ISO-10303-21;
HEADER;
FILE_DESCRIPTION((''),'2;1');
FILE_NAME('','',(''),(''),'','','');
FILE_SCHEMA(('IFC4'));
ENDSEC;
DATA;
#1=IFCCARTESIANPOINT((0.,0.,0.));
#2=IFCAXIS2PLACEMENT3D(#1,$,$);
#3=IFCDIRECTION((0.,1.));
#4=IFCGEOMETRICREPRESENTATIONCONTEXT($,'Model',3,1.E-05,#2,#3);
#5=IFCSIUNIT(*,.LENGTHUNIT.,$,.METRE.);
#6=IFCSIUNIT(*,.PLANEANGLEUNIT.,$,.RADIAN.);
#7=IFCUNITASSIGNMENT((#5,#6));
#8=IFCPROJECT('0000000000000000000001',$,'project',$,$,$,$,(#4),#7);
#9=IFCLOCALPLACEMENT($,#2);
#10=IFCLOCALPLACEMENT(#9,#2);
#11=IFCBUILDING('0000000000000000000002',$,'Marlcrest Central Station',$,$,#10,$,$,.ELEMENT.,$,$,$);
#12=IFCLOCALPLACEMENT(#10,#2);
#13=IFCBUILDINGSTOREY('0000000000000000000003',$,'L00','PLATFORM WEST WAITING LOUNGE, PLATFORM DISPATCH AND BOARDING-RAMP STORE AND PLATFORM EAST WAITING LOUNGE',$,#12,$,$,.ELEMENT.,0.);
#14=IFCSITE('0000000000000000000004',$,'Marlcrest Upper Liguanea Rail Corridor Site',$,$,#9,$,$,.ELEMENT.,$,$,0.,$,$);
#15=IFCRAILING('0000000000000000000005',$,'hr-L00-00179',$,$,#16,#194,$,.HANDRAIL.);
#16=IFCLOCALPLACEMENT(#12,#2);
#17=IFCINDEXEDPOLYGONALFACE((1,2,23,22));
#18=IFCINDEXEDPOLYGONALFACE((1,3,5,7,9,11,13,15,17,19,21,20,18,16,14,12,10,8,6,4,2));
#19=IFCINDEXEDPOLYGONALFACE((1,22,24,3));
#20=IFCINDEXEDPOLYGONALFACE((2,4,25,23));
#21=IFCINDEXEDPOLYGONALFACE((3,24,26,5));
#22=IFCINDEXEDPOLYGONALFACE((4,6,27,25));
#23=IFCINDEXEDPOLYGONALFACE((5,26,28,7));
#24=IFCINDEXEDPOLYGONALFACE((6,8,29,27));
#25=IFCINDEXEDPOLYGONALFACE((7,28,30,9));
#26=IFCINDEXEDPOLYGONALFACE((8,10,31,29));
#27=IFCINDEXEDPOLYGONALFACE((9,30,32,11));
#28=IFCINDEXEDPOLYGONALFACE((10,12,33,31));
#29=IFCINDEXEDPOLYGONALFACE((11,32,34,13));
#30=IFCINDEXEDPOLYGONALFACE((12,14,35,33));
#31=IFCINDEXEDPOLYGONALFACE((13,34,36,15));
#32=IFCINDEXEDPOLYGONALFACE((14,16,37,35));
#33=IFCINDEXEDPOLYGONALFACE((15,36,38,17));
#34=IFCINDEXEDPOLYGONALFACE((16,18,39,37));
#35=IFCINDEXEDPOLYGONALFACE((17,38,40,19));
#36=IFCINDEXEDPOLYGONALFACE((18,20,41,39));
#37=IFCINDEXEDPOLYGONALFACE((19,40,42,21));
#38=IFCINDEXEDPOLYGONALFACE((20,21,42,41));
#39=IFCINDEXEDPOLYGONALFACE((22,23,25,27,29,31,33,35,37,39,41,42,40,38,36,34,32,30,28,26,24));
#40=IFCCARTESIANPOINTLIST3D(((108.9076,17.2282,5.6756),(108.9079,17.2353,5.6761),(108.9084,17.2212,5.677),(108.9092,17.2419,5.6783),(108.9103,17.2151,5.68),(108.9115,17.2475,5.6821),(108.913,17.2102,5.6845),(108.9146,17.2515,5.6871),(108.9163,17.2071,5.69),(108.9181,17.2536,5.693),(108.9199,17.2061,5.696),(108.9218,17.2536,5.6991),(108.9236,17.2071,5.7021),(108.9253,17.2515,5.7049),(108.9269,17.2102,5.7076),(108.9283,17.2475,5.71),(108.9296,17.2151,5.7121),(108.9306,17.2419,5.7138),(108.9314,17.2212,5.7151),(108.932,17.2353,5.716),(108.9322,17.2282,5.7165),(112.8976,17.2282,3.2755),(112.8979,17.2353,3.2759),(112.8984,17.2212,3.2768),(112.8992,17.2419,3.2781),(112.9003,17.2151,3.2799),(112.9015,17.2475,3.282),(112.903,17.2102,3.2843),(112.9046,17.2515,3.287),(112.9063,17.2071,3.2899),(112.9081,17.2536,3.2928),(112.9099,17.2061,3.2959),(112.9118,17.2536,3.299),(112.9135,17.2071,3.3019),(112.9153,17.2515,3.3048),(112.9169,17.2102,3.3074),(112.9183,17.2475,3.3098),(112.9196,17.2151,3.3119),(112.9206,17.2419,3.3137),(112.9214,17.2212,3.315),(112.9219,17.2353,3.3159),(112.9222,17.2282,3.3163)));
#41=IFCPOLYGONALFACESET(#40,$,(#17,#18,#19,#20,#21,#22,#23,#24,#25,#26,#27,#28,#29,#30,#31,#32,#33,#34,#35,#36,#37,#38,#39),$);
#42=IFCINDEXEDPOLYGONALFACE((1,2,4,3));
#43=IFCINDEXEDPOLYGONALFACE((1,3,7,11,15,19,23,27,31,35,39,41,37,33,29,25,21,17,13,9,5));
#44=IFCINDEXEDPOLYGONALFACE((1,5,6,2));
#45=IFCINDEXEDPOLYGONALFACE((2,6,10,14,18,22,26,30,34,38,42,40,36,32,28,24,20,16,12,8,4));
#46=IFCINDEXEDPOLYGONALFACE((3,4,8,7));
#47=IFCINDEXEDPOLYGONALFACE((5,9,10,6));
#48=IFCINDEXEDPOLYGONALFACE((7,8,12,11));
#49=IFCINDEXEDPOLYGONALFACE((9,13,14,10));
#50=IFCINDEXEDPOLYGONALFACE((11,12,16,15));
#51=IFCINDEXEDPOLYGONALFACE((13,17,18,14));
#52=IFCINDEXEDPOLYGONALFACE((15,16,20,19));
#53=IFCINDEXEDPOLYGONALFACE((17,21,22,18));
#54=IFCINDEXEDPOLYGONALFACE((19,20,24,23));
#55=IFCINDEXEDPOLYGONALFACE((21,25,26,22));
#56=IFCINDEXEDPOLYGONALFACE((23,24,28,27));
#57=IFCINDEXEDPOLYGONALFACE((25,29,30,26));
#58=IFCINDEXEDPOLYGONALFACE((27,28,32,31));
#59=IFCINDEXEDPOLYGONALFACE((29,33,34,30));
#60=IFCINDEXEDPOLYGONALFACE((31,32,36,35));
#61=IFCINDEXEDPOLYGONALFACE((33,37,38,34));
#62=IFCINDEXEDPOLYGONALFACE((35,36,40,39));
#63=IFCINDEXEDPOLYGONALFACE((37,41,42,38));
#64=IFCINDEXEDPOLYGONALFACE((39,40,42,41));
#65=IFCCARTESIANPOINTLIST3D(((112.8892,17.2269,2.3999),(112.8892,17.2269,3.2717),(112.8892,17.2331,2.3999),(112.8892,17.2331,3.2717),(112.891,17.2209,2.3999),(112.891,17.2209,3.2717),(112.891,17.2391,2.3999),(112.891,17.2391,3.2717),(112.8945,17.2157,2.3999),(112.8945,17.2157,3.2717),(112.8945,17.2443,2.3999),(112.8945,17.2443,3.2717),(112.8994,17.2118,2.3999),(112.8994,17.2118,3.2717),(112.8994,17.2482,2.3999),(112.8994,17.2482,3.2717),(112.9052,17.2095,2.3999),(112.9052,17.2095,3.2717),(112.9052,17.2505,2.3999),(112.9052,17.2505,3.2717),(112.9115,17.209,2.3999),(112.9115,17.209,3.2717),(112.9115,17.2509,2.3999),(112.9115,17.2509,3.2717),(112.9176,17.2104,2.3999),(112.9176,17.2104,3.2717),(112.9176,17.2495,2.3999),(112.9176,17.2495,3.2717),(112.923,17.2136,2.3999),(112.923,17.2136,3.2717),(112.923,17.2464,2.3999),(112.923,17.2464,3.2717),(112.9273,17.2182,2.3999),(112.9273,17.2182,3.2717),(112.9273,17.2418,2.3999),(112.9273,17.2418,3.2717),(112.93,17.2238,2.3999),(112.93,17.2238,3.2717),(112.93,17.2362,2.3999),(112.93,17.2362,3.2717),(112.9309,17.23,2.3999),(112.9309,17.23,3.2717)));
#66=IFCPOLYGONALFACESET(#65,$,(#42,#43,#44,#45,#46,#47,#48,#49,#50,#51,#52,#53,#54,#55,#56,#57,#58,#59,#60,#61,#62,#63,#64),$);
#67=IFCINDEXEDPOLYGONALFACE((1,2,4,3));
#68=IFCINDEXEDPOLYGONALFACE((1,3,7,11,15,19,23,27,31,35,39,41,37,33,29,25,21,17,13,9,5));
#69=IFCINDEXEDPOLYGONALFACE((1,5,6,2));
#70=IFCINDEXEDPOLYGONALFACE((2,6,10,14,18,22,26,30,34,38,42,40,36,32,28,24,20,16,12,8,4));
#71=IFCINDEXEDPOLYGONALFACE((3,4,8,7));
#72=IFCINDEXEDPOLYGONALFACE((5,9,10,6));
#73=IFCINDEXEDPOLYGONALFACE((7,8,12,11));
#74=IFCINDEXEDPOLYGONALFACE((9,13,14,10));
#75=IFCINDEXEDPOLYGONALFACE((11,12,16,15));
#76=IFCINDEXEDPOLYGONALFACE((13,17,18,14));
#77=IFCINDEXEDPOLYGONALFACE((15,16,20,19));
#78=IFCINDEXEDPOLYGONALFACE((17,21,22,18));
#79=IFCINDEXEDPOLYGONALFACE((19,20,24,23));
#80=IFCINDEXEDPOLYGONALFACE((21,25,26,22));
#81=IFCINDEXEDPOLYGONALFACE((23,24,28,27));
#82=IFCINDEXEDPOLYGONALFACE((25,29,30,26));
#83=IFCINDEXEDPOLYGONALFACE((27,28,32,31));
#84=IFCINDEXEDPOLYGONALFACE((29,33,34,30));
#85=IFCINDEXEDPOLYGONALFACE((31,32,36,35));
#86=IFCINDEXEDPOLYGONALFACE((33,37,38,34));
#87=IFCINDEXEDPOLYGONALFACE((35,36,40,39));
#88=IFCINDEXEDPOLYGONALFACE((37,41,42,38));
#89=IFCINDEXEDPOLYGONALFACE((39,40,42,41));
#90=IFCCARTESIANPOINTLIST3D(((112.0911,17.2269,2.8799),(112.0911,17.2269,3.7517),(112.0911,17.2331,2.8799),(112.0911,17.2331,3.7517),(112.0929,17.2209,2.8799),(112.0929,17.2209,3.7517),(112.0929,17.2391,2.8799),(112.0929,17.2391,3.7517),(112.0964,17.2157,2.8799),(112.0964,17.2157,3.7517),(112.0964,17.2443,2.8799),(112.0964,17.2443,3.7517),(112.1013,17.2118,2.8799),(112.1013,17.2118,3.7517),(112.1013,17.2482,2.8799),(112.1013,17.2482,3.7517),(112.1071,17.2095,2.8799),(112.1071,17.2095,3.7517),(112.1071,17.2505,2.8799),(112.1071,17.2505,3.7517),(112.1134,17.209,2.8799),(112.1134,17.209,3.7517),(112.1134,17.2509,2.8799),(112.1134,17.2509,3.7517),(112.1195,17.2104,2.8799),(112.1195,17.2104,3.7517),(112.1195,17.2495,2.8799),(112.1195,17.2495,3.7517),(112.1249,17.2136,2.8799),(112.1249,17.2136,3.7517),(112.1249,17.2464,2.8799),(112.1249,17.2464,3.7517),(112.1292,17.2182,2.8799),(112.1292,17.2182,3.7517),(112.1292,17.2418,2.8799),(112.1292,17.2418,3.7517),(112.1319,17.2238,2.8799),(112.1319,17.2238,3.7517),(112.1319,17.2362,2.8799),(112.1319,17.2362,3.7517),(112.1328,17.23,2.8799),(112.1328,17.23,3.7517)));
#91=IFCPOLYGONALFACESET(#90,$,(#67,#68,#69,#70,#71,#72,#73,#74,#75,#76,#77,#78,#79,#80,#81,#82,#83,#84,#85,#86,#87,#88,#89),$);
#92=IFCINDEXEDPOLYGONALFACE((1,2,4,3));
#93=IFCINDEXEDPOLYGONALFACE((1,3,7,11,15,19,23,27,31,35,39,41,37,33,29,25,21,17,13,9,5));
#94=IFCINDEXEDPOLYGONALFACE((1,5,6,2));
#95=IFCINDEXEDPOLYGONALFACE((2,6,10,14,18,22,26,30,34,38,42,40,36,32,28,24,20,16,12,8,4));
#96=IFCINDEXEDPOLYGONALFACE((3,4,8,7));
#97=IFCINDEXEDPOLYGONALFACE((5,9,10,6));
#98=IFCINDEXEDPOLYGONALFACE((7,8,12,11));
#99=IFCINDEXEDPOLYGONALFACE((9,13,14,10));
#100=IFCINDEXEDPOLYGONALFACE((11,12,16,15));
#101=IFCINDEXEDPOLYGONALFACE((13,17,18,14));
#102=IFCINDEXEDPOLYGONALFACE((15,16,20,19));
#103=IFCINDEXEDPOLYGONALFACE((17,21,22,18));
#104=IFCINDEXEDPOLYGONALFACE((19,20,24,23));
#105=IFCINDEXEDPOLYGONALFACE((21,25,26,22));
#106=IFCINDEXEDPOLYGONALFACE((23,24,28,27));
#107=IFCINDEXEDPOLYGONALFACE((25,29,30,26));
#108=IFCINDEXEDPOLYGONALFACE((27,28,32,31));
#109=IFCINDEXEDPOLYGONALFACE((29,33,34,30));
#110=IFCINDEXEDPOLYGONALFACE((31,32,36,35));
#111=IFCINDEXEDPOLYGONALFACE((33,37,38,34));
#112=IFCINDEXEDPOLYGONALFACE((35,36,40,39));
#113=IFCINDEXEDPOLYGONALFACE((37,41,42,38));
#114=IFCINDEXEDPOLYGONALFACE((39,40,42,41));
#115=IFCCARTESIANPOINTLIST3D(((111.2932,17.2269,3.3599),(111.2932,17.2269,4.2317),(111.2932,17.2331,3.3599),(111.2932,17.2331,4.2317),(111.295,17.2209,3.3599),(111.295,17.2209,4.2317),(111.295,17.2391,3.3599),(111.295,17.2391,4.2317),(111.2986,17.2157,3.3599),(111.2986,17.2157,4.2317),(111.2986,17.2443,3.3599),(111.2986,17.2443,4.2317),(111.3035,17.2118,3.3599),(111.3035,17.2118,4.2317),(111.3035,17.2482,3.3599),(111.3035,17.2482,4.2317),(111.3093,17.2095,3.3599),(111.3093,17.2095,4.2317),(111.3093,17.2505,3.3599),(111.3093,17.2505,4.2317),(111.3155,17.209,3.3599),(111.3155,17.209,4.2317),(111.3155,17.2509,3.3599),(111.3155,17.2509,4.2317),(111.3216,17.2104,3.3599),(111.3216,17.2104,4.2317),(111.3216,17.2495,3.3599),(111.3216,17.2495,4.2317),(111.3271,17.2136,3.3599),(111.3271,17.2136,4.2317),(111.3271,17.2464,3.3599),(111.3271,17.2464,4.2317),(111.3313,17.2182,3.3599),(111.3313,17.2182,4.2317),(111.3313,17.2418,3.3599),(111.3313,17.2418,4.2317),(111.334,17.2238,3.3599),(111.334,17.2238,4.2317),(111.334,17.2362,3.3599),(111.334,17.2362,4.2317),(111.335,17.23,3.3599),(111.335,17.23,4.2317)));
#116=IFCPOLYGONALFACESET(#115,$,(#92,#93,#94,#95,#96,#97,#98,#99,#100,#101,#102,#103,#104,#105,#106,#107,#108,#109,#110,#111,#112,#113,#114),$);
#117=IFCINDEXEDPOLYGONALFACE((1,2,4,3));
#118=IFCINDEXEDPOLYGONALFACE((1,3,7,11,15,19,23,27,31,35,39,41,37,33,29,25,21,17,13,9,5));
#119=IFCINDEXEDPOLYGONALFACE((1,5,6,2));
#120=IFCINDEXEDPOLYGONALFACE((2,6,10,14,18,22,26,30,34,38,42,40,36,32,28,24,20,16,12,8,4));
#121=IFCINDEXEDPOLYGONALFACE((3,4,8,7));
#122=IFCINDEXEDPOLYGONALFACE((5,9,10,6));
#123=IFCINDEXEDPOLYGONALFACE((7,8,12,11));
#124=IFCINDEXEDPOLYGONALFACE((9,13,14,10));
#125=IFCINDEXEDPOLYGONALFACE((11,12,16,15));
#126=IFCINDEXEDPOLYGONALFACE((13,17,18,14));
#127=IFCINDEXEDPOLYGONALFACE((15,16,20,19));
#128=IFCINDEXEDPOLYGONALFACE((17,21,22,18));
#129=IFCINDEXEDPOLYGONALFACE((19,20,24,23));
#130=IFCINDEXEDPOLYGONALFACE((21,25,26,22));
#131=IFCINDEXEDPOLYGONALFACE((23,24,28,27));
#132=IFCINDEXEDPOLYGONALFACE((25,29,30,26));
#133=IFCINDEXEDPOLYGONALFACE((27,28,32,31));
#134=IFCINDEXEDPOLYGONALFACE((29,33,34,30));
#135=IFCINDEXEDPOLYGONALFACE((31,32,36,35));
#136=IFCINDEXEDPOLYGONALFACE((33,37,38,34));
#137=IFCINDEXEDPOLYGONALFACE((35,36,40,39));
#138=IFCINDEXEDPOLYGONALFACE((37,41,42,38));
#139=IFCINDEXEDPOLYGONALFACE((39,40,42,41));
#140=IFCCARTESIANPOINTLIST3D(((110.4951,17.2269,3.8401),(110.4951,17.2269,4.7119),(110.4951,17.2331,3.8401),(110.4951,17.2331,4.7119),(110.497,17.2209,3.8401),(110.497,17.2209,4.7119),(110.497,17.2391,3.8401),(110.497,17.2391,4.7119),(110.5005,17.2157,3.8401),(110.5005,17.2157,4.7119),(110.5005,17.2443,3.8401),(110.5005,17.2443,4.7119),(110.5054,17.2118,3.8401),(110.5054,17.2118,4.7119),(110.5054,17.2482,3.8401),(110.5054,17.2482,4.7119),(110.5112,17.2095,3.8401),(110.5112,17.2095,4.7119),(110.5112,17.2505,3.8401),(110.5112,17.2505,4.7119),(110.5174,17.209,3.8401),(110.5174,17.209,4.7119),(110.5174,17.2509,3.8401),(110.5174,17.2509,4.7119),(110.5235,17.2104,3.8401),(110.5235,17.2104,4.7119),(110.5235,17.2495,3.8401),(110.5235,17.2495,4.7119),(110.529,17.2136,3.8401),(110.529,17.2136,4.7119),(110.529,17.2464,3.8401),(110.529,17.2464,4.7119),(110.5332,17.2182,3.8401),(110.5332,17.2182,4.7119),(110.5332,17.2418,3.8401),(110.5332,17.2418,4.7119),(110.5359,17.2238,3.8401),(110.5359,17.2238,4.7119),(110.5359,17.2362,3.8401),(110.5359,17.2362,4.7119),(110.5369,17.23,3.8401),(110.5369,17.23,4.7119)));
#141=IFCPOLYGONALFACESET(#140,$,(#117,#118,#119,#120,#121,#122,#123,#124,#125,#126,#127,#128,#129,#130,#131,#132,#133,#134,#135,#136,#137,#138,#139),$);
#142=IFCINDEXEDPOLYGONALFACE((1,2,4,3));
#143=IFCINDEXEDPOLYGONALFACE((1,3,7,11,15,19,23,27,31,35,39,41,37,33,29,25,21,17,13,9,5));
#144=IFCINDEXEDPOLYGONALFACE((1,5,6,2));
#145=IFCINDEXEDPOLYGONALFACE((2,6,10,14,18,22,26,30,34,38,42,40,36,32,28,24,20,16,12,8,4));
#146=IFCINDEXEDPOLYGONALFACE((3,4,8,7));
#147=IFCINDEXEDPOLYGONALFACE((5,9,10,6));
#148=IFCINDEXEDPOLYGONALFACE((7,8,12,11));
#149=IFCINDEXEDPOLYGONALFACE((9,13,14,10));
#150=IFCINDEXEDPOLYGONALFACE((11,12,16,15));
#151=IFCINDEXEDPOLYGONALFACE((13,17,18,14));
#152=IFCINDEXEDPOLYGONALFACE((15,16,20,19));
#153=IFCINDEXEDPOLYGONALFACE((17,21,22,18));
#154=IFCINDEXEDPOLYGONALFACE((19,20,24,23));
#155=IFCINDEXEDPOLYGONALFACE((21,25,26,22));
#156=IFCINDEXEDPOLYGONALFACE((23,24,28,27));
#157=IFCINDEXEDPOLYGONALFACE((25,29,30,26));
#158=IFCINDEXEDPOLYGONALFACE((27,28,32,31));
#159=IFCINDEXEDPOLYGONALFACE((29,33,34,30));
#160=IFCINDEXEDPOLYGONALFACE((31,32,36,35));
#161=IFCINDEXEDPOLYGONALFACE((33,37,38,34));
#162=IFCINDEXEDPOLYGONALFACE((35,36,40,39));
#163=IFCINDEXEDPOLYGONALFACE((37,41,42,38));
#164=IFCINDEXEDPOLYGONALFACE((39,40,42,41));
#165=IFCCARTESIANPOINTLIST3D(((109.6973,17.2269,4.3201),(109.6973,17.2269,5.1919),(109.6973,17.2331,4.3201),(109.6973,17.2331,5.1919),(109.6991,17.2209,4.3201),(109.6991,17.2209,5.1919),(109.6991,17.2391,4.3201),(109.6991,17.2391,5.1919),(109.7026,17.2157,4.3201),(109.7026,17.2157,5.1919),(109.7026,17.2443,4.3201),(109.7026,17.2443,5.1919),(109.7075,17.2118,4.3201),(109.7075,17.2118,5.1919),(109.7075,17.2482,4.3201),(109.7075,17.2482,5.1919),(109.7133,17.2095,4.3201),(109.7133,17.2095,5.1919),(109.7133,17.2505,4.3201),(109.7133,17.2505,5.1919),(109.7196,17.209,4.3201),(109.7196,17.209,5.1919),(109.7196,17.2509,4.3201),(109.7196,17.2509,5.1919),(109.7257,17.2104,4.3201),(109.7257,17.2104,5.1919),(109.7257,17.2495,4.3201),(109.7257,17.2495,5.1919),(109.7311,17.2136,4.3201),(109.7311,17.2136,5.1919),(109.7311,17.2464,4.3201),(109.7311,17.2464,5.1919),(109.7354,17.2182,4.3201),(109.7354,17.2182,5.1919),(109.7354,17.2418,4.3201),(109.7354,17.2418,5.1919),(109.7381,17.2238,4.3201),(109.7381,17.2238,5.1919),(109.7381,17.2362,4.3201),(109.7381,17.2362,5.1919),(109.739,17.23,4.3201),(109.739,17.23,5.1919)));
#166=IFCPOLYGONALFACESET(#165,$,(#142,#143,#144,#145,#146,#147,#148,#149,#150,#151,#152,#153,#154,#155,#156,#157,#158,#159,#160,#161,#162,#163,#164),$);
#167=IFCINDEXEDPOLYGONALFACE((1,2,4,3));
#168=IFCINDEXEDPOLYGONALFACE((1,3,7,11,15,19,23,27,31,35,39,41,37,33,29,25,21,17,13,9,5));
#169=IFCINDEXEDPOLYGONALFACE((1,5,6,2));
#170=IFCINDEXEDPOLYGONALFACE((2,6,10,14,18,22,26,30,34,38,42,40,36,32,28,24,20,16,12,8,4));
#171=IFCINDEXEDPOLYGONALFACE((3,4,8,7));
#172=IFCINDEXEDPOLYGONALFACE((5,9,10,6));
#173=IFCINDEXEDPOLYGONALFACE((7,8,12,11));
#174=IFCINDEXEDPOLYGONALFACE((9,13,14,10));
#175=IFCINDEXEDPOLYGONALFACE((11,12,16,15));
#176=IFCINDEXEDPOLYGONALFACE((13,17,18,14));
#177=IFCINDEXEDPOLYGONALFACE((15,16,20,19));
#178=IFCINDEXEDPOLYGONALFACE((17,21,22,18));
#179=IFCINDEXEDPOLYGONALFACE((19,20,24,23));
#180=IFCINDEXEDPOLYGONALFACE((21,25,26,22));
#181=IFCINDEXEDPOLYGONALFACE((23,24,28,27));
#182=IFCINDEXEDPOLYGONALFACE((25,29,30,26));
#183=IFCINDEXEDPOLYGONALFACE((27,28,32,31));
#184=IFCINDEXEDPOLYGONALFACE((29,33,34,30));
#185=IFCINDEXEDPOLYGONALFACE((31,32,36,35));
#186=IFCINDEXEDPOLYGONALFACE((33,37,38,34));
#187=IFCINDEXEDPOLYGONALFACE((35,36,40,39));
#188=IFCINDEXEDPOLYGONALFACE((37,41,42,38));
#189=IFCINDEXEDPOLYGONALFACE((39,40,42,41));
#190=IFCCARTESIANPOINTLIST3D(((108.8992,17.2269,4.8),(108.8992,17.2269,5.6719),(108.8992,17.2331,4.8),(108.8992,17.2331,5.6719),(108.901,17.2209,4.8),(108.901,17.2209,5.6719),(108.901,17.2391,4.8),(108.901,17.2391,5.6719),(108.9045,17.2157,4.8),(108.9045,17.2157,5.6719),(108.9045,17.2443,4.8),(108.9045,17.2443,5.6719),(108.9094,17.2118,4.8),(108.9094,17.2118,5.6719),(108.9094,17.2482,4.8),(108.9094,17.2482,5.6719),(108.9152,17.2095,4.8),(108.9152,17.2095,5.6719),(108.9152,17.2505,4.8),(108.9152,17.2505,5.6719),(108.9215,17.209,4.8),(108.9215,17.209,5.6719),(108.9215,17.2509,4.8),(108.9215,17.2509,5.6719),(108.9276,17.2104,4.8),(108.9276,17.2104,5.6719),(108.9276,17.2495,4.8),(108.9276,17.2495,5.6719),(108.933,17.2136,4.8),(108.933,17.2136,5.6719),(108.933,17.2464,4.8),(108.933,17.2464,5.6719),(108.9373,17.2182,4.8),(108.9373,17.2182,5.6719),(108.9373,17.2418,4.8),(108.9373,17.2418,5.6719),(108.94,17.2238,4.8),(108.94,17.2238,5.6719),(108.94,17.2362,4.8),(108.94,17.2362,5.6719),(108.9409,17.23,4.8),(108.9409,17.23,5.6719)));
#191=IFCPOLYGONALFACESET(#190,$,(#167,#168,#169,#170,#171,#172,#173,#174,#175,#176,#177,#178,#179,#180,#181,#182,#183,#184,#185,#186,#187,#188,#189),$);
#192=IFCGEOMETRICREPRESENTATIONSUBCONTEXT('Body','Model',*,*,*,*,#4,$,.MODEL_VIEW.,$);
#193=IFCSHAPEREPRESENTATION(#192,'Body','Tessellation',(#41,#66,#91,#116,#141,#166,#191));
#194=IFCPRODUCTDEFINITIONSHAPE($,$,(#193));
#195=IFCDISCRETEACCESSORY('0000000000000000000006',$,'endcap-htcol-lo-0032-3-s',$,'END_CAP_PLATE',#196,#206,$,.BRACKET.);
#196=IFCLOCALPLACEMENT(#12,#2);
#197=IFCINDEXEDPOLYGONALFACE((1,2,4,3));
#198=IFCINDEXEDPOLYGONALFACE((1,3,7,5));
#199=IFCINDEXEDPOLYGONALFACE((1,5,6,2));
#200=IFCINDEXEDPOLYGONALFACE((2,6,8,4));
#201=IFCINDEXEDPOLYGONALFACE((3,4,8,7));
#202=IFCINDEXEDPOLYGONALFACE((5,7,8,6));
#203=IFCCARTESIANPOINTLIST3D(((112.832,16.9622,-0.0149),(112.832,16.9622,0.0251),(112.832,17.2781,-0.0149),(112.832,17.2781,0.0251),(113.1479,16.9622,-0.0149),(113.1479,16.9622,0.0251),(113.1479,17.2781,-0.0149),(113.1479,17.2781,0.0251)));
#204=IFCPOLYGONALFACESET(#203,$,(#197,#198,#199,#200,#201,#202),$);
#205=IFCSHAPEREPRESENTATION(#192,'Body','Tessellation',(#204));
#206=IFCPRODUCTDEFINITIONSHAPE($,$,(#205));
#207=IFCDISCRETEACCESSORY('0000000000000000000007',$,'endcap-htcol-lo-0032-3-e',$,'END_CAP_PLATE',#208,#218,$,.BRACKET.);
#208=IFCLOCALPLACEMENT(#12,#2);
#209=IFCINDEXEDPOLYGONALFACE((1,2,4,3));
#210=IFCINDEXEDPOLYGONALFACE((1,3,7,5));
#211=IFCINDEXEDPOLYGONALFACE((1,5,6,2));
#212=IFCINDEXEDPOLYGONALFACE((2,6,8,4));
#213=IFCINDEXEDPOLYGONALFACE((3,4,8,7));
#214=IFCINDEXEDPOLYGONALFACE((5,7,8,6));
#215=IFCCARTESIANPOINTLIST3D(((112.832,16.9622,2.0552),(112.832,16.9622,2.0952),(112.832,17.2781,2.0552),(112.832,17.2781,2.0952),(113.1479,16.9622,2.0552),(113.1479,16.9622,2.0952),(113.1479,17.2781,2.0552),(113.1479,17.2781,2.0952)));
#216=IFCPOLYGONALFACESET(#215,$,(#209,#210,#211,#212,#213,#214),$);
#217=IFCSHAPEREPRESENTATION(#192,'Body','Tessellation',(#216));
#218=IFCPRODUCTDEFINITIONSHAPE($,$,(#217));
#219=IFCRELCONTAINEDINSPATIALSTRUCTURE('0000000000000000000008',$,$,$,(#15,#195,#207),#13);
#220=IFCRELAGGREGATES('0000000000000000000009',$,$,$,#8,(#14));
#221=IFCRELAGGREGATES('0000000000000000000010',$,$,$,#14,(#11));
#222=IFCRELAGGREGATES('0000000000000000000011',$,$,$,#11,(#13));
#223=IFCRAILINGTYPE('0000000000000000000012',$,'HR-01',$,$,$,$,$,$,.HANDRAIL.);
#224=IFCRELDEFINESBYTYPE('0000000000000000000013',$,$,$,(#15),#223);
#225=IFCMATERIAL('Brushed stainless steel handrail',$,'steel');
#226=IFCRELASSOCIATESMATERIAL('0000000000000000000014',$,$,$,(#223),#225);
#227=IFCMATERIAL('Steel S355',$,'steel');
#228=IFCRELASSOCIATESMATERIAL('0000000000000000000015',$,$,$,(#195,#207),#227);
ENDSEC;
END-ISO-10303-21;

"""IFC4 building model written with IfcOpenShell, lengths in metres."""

from ifc_helpers import new_model, si_unit, direction, frame, origin, origin_2d, place, context, subcontext, project, spatial, rectangle, circle, extrude, material, type_object, element, save


model = new_model("IFC4")

# Units and contexts
model_context = context("Model", 3, precision=1e-05, world=origin(), true_north=direction((0.0, 1.0)))
body_context = subcontext(model_context, "Body", "Model", "MODEL_VIEW")
ifc_project = project(units=[si_unit("LENGTHUNIT", "METRE"), si_unit("PLANEANGLEUNIT", "RADIAN")], contexts=[model_context])

# Site, building, storey
site_placement = place(None, origin())
site = spatial("IfcSite", under=ifc_project, at=site_placement, Name="Marlcrest Upper Liguanea Rail Corridor Site", CompositionType="ELEMENT", RefElevation=0.0)
building_placement = place(site_placement, origin())
building = spatial("IfcBuilding", under=site, at=building_placement, Name="Marlcrest Central Station", CompositionType="ELEMENT")
storey_placement = place(building_placement, origin())
storey = spatial("IfcBuildingStorey", under=building, at=storey_placement, Name="L00", Description="PLATFORM WEST WAITING LOUNGE, PLATFORM DISPATCH AND BOARDING-RAMP STORE AND PLATFORM EAST WAITING LOUNGE", CompositionType="ELEMENT", Elevation=0.0)

# Shared definitions
ifc_material_1 = material(Name="Steel S355", Category="steel")

# Railing
ifc_material_2 = material(Name="Brushed stainless steel handrail", Category="steel")
railing_type = type_object("IfcRailingType", Name="HR-01", PredefinedType="HANDRAIL", material=ifc_material_2)
for number, where, name in (
    (1, (112.9099, 17.23, 2.3999), "hr-L00-00179"),
):
    element("IfcRailing", number, at=place(storey_placement, frame(where)), inside=storey, type_object=railing_type, Name=name, PredefinedType="HANDRAIL", context=body_context, shape_type="SweptSolid", body=[
        extrude(circle(Radius=0.0239, at=origin_2d()), frame((0.0, 0.0, 0.896), z_axis=(-0.856909, 0.0, 0.515467), x_axis=(0.0, -1.0, 0.0)), (0.0, 0.0, 1.0), 4.6562),
        extrude(circle(Radius=0.021, at=origin_2d()), origin(), (0.0, 0.0, 1.0), 0.8718),
        extrude(circle(Radius=0.021, at=origin_2d()), frame((-0.7981, 0.0, 0.48)), (0.0, 0.0, 1.0), 0.8718),
        extrude(circle(Radius=0.021, at=origin_2d()), frame((-1.5959, 0.0, 0.96)), (0.0, 0.0, 1.0), 0.8718),
        extrude(circle(Radius=0.021, at=origin_2d()), frame((-2.394, 0.0, 1.4402)), (0.0, 0.0, 1.0), 0.8718),
        extrude(circle(Radius=0.021, at=origin_2d()), frame((-3.1919, 0.0, 1.9202)), (0.0, 0.0, 1.0), 0.8718),
        extrude(circle(Radius=0.021, at=origin_2d()), frame((-3.99, 0.0, 2.4001)), (0.0, 0.0, 1.0), 0.8718),
    ])

# Discrete accessories
for number, where, z_axis, x_axis, name in (
    (2, (112.99, 17.1201, -0.0149), (0.0, 0.0, 1.0), (1.0, 0.0, 0.0), "endcap-htcol-lo-0032-3-s"),
    (3, (112.99, 17.1201, 2.0552), (0.0, 0.0, 1.0), (1.0, 0.0, 0.0), "endcap-htcol-lo-0032-3-e"),
):
    element("IfcDiscreteAccessory", number, at=place(storey_placement, frame(where, z_axis=z_axis, x_axis=x_axis)), inside=storey, material=ifc_material_1, Name=name, ObjectType="END_CAP_PLATE", PredefinedType="BRACKET", context=body_context, shape_type="SweptSolid", body=[
        extrude(rectangle(XDim=0.3159, YDim=0.3159, at=origin_2d()), origin(), (0.0, 0.0, 1.0), 0.04),
    ])

save(model, "model.ifc")
